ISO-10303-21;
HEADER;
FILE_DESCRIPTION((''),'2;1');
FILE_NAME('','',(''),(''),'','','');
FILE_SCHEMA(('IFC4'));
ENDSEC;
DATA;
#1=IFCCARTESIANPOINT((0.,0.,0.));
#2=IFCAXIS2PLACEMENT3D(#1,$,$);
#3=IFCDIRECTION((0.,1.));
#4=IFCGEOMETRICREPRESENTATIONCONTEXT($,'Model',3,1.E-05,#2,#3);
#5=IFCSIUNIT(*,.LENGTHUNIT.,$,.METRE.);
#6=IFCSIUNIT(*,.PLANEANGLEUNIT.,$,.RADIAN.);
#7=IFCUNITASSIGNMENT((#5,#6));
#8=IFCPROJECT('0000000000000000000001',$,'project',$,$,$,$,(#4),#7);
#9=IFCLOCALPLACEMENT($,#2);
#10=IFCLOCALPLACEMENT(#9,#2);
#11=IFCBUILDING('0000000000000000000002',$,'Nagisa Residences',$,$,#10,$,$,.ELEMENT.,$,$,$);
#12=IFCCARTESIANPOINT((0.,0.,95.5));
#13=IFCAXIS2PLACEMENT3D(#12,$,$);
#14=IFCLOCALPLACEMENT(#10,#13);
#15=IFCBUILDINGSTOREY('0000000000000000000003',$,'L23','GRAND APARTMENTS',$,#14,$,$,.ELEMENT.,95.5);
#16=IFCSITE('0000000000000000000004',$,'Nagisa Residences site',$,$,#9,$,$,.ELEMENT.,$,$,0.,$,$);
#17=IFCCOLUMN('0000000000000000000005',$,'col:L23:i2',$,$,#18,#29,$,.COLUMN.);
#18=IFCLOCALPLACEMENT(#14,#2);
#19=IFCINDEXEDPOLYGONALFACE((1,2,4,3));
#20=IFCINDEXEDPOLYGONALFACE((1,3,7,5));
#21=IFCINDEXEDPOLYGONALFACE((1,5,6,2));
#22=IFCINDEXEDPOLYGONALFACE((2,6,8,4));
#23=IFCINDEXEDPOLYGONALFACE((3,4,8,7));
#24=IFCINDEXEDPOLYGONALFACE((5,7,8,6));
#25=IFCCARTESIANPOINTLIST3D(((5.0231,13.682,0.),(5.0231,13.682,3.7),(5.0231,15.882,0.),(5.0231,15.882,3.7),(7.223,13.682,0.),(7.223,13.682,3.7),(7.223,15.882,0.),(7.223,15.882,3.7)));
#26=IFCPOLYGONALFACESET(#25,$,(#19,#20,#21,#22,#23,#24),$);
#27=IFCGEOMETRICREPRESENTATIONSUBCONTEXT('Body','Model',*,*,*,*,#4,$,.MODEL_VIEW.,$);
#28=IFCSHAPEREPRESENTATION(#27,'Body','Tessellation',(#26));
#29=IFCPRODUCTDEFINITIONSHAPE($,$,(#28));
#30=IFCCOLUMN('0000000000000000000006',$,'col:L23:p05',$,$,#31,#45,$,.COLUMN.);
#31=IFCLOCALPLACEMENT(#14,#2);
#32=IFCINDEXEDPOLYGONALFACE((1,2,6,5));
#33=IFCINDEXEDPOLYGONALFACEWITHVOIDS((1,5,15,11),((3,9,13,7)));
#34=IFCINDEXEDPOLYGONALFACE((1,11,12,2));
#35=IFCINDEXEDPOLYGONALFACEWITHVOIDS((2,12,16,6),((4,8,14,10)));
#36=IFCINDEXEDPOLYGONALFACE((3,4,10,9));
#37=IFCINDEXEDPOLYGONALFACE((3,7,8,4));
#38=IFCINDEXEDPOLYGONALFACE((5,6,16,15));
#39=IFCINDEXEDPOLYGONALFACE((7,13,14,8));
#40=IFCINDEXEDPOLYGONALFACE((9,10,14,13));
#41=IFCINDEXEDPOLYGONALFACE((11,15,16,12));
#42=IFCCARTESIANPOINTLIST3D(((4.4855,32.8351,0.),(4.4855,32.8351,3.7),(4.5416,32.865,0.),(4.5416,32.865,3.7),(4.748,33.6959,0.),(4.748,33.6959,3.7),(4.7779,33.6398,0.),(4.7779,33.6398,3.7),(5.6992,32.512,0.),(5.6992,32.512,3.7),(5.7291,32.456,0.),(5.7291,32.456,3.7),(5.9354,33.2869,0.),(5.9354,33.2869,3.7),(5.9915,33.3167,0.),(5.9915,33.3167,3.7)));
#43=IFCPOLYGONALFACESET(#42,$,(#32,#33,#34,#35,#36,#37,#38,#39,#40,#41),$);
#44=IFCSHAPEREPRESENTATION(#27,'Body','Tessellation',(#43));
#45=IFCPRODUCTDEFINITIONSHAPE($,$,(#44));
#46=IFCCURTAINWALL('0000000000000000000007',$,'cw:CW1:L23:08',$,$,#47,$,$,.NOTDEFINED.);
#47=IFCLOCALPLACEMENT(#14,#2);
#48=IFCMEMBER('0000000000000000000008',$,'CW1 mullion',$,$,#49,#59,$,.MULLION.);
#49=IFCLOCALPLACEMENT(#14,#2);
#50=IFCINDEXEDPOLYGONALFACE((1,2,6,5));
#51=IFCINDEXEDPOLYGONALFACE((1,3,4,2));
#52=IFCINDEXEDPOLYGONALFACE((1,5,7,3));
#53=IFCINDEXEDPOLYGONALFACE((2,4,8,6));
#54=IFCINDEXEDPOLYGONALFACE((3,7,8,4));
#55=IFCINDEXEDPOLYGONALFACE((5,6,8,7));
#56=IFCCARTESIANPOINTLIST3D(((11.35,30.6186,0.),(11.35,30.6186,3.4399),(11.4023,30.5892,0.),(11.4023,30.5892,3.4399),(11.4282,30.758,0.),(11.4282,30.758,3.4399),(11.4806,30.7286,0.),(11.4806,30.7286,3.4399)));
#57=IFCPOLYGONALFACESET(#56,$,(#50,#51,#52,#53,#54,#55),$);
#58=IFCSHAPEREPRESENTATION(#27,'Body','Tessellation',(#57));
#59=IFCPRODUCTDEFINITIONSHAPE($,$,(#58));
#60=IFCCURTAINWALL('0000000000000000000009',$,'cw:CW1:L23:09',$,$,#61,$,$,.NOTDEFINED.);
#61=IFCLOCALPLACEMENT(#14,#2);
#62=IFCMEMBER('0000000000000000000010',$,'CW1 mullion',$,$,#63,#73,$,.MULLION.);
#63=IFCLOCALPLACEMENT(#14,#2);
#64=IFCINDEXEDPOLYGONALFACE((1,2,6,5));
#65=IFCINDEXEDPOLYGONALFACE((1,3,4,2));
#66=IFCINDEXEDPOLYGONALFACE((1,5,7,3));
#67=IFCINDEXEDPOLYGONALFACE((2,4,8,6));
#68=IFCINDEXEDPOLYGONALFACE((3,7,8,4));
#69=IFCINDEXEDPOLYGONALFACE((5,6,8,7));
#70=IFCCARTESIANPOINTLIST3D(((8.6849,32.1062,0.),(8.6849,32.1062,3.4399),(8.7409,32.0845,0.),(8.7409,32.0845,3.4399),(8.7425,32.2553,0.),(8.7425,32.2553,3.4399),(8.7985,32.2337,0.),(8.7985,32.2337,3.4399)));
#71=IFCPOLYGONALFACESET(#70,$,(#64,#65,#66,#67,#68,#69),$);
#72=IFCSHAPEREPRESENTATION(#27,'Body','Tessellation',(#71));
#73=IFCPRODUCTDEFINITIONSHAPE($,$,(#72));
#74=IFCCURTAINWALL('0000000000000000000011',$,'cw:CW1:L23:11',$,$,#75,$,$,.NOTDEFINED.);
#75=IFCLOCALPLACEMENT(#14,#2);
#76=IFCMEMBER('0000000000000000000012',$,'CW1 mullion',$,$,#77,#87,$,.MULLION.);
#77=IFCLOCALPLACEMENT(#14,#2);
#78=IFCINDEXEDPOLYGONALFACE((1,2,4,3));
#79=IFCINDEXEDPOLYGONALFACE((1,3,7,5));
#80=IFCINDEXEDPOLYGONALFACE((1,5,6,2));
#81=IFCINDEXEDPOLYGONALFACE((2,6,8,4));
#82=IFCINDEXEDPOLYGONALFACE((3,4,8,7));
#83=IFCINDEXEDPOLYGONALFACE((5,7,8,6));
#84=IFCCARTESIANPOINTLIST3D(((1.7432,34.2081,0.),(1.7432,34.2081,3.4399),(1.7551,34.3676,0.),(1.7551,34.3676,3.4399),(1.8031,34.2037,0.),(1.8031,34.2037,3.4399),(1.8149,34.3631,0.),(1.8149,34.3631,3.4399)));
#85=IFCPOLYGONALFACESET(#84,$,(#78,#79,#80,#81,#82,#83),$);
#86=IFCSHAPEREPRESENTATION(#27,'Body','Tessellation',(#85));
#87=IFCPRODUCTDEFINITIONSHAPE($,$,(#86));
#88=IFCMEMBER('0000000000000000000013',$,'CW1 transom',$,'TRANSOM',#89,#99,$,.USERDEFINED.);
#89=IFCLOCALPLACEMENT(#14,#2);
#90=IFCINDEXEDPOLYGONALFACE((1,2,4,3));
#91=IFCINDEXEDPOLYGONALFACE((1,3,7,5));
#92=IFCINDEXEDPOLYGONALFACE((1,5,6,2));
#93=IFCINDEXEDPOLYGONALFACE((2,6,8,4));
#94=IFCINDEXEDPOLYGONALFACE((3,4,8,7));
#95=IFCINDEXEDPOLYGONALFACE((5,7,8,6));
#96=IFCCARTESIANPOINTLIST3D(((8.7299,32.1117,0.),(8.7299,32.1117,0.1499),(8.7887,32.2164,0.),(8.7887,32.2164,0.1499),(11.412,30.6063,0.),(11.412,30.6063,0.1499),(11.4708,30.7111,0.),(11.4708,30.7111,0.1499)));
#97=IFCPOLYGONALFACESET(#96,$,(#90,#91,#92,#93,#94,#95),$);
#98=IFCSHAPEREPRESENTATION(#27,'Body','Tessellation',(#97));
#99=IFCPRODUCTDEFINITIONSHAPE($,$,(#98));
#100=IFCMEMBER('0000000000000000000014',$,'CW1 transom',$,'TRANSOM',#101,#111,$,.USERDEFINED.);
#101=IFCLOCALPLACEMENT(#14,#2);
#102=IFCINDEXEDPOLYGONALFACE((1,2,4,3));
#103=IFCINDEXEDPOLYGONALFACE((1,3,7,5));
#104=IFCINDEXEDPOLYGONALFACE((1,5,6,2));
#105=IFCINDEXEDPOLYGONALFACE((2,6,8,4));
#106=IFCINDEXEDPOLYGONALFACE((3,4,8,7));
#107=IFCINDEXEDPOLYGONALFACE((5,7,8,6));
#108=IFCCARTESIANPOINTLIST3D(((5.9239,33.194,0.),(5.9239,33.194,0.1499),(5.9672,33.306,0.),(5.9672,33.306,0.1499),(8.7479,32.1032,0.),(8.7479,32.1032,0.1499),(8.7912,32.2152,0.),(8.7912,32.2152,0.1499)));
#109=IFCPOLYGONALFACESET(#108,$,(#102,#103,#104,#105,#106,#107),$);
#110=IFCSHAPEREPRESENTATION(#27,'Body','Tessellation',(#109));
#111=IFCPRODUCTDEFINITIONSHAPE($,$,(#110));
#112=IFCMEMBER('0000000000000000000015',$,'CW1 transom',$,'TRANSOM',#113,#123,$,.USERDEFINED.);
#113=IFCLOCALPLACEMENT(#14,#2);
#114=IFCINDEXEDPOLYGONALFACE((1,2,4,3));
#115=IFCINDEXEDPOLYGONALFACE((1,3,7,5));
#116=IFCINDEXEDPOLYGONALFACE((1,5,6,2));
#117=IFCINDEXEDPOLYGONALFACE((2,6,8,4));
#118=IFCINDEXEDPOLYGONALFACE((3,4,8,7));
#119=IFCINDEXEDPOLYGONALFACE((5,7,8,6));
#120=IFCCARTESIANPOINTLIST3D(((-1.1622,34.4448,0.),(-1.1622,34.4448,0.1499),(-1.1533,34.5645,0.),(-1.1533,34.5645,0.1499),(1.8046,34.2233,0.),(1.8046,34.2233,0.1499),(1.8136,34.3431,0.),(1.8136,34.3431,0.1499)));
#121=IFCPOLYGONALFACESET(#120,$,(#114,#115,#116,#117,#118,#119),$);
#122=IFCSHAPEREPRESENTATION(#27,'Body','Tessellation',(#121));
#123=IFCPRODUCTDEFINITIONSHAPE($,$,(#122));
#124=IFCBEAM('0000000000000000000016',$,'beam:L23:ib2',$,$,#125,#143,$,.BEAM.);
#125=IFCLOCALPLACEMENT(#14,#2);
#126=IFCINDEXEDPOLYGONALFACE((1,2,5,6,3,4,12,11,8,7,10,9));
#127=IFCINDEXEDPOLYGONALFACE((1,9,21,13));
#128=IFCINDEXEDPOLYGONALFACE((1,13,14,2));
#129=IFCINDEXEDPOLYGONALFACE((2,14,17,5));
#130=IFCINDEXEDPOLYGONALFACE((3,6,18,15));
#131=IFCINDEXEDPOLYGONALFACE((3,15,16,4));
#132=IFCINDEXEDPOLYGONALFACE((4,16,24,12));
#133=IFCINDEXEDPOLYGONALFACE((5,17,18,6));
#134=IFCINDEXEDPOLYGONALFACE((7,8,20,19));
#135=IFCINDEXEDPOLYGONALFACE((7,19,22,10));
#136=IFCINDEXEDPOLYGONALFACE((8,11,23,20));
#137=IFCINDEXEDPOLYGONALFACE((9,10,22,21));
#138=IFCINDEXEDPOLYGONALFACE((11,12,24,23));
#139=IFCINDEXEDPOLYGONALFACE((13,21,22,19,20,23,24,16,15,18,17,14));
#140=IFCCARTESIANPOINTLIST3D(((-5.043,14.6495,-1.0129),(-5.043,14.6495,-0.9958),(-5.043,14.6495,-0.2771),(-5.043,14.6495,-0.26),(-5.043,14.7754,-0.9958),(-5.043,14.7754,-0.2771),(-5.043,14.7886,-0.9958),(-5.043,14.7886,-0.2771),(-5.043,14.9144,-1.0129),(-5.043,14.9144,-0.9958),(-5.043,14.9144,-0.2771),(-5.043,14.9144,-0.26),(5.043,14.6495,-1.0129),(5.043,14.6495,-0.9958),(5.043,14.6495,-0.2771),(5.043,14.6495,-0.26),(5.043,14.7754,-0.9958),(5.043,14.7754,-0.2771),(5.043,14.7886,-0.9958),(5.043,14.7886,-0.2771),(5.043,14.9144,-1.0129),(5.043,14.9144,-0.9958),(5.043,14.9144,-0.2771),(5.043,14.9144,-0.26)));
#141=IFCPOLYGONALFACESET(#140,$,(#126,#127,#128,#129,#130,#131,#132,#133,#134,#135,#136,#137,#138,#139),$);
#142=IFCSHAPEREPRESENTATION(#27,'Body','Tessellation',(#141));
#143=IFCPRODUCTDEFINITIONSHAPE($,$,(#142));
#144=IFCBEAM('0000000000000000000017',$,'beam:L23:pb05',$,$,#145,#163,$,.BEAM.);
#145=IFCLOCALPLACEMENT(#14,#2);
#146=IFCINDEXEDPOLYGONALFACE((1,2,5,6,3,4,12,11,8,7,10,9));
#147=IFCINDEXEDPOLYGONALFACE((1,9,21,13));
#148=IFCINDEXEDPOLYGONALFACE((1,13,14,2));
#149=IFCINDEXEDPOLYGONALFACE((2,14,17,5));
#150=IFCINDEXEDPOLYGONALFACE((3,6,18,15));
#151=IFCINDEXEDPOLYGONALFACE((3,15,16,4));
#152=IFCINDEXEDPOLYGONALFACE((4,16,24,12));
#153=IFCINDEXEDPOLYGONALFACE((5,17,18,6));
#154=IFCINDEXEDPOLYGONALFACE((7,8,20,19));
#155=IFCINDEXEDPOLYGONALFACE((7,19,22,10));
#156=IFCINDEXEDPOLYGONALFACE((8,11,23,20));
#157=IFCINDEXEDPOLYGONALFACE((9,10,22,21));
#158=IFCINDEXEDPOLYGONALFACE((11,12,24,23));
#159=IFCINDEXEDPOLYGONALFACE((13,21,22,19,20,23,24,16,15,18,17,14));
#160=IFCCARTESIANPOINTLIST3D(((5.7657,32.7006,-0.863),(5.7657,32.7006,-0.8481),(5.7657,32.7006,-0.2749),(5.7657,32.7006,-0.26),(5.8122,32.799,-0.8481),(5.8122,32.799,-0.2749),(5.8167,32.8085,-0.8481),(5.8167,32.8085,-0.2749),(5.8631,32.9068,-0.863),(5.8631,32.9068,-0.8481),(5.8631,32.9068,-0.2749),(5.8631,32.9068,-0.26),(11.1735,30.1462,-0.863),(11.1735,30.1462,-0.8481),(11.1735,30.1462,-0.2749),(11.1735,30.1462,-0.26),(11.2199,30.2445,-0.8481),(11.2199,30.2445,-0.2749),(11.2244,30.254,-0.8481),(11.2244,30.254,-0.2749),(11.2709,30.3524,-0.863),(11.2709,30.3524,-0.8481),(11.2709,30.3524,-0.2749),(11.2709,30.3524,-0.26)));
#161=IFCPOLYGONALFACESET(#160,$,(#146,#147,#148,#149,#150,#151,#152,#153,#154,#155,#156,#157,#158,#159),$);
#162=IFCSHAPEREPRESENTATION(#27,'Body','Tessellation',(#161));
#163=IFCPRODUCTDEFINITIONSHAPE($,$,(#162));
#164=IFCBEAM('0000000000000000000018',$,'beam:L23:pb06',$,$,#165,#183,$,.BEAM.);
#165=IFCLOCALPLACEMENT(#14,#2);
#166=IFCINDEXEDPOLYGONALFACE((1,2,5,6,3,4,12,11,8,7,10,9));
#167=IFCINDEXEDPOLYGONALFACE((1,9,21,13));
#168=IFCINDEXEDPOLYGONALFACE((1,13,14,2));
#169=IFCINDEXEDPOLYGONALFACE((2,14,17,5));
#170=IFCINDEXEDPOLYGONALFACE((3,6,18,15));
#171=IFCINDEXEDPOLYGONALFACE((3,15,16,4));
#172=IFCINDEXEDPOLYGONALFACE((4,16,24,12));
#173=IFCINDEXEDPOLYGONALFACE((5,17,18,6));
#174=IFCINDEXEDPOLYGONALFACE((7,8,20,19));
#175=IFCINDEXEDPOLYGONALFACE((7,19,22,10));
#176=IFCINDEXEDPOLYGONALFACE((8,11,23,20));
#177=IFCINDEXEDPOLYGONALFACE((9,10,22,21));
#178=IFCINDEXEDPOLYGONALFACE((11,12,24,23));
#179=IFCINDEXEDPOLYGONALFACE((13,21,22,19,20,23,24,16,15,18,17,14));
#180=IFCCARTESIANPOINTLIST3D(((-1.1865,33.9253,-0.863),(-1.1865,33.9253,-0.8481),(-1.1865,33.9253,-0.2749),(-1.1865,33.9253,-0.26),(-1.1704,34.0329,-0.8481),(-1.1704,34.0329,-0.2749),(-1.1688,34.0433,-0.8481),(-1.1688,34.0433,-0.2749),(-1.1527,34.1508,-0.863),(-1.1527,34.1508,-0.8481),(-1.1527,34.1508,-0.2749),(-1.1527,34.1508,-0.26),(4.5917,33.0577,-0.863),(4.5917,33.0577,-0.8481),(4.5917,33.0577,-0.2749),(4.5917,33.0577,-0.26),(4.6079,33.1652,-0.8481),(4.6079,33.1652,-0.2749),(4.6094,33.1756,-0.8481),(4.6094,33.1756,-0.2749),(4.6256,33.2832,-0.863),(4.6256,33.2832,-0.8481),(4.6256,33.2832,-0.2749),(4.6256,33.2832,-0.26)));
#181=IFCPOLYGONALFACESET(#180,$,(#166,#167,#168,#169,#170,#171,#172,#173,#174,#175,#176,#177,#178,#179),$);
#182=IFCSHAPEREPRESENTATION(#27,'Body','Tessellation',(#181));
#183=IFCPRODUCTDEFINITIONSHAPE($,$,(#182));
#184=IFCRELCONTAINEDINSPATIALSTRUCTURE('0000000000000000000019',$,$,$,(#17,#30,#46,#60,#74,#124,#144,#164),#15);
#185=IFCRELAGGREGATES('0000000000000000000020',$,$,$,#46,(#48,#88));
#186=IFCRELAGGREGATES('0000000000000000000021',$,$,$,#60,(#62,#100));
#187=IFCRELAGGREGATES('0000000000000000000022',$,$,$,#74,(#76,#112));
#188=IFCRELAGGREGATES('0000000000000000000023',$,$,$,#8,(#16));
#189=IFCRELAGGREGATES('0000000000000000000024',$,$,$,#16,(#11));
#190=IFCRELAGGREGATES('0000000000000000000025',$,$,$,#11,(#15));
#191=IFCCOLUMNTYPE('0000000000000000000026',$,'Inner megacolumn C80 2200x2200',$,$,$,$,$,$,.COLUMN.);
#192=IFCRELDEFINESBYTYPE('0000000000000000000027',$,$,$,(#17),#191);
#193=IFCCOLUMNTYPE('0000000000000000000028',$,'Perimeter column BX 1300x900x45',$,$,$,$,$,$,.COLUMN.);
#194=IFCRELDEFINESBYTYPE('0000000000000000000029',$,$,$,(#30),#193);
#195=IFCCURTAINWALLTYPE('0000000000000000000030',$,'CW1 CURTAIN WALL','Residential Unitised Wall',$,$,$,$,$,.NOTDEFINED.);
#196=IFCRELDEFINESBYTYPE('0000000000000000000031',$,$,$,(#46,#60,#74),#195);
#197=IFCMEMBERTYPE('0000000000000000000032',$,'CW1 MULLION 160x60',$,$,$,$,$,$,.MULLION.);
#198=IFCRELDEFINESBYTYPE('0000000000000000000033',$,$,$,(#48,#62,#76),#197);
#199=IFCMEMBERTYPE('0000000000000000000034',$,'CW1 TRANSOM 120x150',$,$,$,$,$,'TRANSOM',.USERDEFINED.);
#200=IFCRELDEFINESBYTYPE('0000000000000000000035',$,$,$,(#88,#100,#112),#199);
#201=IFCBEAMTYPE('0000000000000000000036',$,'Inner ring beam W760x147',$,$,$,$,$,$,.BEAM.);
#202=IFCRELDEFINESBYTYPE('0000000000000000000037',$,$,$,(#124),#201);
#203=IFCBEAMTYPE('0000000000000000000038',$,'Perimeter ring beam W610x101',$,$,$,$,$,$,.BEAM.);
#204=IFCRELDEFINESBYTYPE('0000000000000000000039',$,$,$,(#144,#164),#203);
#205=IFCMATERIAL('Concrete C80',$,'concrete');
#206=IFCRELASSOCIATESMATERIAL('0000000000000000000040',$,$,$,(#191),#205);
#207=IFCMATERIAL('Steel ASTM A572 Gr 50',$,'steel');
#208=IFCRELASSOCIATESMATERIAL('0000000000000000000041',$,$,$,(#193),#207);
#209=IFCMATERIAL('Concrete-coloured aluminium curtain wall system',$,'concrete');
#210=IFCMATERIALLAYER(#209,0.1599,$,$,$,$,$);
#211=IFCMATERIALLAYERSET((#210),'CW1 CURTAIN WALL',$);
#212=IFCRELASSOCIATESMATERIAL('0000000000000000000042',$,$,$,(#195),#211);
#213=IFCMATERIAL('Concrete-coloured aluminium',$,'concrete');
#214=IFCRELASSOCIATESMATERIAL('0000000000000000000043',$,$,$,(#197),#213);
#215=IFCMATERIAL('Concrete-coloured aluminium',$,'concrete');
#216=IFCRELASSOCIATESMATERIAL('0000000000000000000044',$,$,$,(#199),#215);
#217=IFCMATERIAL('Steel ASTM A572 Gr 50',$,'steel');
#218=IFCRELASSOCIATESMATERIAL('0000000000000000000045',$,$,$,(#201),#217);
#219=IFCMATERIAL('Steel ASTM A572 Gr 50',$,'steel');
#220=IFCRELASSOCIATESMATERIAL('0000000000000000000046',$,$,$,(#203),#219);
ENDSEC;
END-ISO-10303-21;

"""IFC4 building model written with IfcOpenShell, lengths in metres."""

from ifc_helpers import new_model, si_unit, direction, frame, origin, origin_2d, place, context, subcontext, project, spatial, rectangle, hollow_rectangle, i_section, extrude, material, layer, layer_set, material_profile, profile_set, type_object, element, aggregate, save


model = new_model("IFC4")

# Units and contexts
model_context = context("Model", 3, precision=1e-05, world=origin(), true_north=direction((0.0, 1.0)))
body_context = subcontext(model_context, "Body", "Model", "MODEL_VIEW")
ifc_project = project(units=[si_unit("LENGTHUNIT", "METRE"), si_unit("PLANEANGLEUNIT", "RADIAN")], contexts=[model_context])

# Site, building, storey
site_placement = place(None, origin())
site = spatial("IfcSite", under=ifc_project, at=site_placement, Name="Nagisa Residences site", CompositionType="ELEMENT", RefElevation=0.0)
building_placement = place(site_placement, origin())
building = spatial("IfcBuilding", under=site, at=building_placement, Name="Nagisa Residences", CompositionType="ELEMENT")
storey_placement = place(building_placement, frame((0.0, 0.0, 95.5)))
storey = spatial("IfcBuildingStorey", under=building, at=storey_placement, Name="L23", Description="GRAND APARTMENTS", CompositionType="ELEMENT", Elevation=95.5)

# Columns
ifc_material_1 = material(Name="Concrete C80", Category="concrete")
ifc_material_profile_1 = material_profile(ifc_material_1, rectangle(XDim=2.2, YDim=2.2, at=origin_2d()), Name="C80 2200x2200")
ifc_profile_set_1 = profile_set([ifc_material_profile_1], Name="Concrete C80")
column_type_1 = type_object("IfcColumnType", Name="Inner megacolumn C80 2200x2200", PredefinedType="COLUMN", material=ifc_profile_set_1)
column_1_placement = place(storey_placement, frame((6.123, 14.782, 0.0), z_axis=(0.0, 0.0, 1.0), x_axis=(1.0, 0.0, 0.0)))
element("IfcColumn", 1, at=column_1_placement, inside=storey, type_object=column_type_1, Name="col:L23:i2", PredefinedType="COLUMN", context=body_context, shape_type="SweptSolid", body=[
    extrude(rectangle(XDim=2.2, YDim=2.2, at=origin_2d()), origin(), (0.0, 0.0, 1.0), 3.7),
])
ifc_material_2 = material(Name="Steel ASTM A572 Gr 50", Category="steel")
ifc_material_profile_2 = material_profile(ifc_material_2, hollow_rectangle(XDim=1.3, YDim=0.8999, WallThickness=0.0449, at=origin_2d()), Name="BX 1300x900x45")
ifc_profile_set_2 = profile_set([ifc_material_profile_2], Name="Steel ASTM A572 Gr 50")
column_type_2 = type_object("IfcColumnType", Name="Perimeter column BX 1300x900x45", PredefinedType="COLUMN", material=ifc_profile_set_2)
column_2_placement = place(storey_placement, frame((5.2385, 33.0759, 0.0), z_axis=(0.0, 0.0, 1.0), x_axis=(-0.956525, 0.291652, 0.0)))
element("IfcColumn", 2, at=column_2_placement, inside=storey, type_object=column_type_2, Name="col:L23:p05", PredefinedType="COLUMN", context=body_context, shape_type="SweptSolid", body=[
    extrude(hollow_rectangle(XDim=1.3, YDim=0.8999, WallThickness=0.0449, at=origin_2d()), origin(), (0.0, 0.0, 1.0), 3.7),
])

# Curtain walls, members
ifc_material_3 = material(Name="Concrete-coloured aluminium curtain wall system", Category="concrete")
ifc_layer_1 = layer(ifc_material_3, 0.1599)
ifc_layer_set_1 = layer_set([ifc_layer_1], Name="CW1 CURTAIN WALL")
curtain_wall_type = type_object("IfcCurtainWallType", Name="CW1 CURTAIN WALL", Description="Residential Unitised Wall", PredefinedType="NOTDEFINED", material=ifc_layer_set_1)
curtain_wall_1_placement = place(storey_placement, origin())
curtain_wall_1 = element("IfcCurtainWall", 3, at=curtain_wall_1_placement, inside=storey, type_object=curtain_wall_type, Name="cw:CW1:L23:08", PredefinedType="NOTDEFINED")
ifc_material_4 = material(Name="Concrete-coloured aluminium", Category="concrete")
ifc_material_profile_3 = material_profile(ifc_material_4, rectangle(XDim=0.1599, YDim=0.0601, at=origin_2d()), Name="CW1 MULLION 160x60")
ifc_profile_set_3 = profile_set([ifc_material_profile_3], Name="Concrete-coloured aluminium")
member_type_1 = type_object("IfcMemberType", Name="CW1 MULLION 160x60", PredefinedType="MULLION", material=ifc_profile_set_3)
member_1_placement = place(storey_placement, frame((11.4153, 30.6736, 0.0), z_axis=(0.0, 0.0, 1.0), x_axis=(-0.489377, -0.872072, 0.0)))
member_1 = element("IfcMember", 4, at=member_1_placement, type_object=member_type_1, Name="CW1 mullion", PredefinedType="MULLION", context=body_context, shape_type="SweptSolid", body=[
    extrude(rectangle(XDim=0.1599, YDim=0.0601, at=origin_2d()), origin(), (0.0, 0.0, 1.0), 3.4399),
])
curtain_wall_2_placement = place(storey_placement, origin())
curtain_wall_2 = element("IfcCurtainWall", 5, at=curtain_wall_2_placement, inside=storey, type_object=curtain_wall_type, Name="cw:CW1:L23:09", PredefinedType="NOTDEFINED")
member_2_placement = place(storey_placement, frame((8.7417, 32.1699, 0.0), z_axis=(0.0, 0.0, 1.0), x_axis=(-0.360328, -0.932826, 0.0)))
member_2 = element("IfcMember", 6, at=member_2_placement, type_object=member_type_1, Name="CW1 mullion", PredefinedType="MULLION", context=body_context, shape_type="SweptSolid", body=[
    extrude(rectangle(XDim=0.1599, YDim=0.0601, at=origin_2d()), origin(), (0.0, 0.0, 1.0), 3.4399),
])
curtain_wall_3_placement = place(storey_placement, origin())
curtain_wall_3 = element("IfcCurtainWall", 7, at=curtain_wall_3_placement, inside=storey, type_object=curtain_wall_type, Name="cw:CW1:L23:11", PredefinedType="NOTDEFINED")
member_3_placement = place(storey_placement, frame((1.7791, 34.2856, 0.0), z_axis=(0.0, 0.0, 1.0), x_axis=(-0.074377, -0.99723, 0.0)))
member_3 = element("IfcMember", 8, at=member_3_placement, type_object=member_type_1, Name="CW1 mullion", PredefinedType="MULLION", context=body_context, shape_type="SweptSolid", body=[
    extrude(rectangle(XDim=0.1599, YDim=0.0601, at=origin_2d()), origin(), (0.0, 0.0, 1.0), 3.4399),
])

# Members
ifc_material_5 = material(Name="Concrete-coloured aluminium", Category="concrete")
ifc_material_profile_4 = material_profile(ifc_material_5, rectangle(XDim=0.1201, YDim=0.1499, at=origin_2d()), Name="CW1 TRANSOM 120x150")
ifc_profile_set_4 = profile_set([ifc_material_profile_4], Name="Concrete-coloured aluminium")
member_type_2 = type_object("IfcMemberType", Name="CW1 TRANSOM 120x150", ElementType="TRANSOM", PredefinedType="USERDEFINED", material=ifc_profile_set_4)
member_4_placement = place(storey_placement, frame((11.4414, 30.6587, 0.075), z_axis=(-0.872037, 0.489439, 0.0), x_axis=(-0.489439, -0.872037, 0.0)))
member_4 = element("IfcMember", 9, at=member_4_placement, type_object=member_type_2, Name="CW1 transom", ObjectType="TRANSOM", PredefinedType="USERDEFINED", context=body_context, shape_type="SweptSolid", body=[
    extrude(rectangle(XDim=0.1201, YDim=0.1499, at=origin_2d()), origin(), (0.0, 0.0, 1.0), 3.0757),
])
member_5_placement = place(storey_placement, frame((8.7695, 32.1592, 0.075), z_axis=(-0.932827, 0.360324, 0.0), x_axis=(-0.360324, -0.932827, 0.0)))
member_5 = element("IfcMember", 10, at=member_5_placement, type_object=member_type_2, Name="CW1 transom", ObjectType="TRANSOM", PredefinedType="USERDEFINED", context=body_context, shape_type="SweptSolid", body=[
    extrude(rectangle(XDim=0.1201, YDim=0.1499, at=origin_2d()), origin(), (0.0, 0.0, 1.0), 3.0273),
])
member_6_placement = place(storey_placement, frame((1.8091, 34.2832, 0.075), z_axis=(-0.997226, 0.074431, 0.0), x_axis=(-0.074431, -0.997226, 0.0)))
member_6 = element("IfcMember", 11, at=member_6_placement, type_object=member_type_2, Name="CW1 transom", ObjectType="TRANSOM", PredefinedType="USERDEFINED", context=body_context, shape_type="SweptSolid", body=[
    extrude(rectangle(XDim=0.1201, YDim=0.1499, at=origin_2d()), origin(), (0.0, 0.0, 1.0), 2.9751),
])

# Beams
ifc_material_6 = material(Name="Steel ASTM A572 Gr 50", Category="steel")
ifc_material_profile_5 = material_profile(ifc_material_6, i_section(OverallWidth=0.2649, OverallDepth=0.7529, WebThickness=0.0132, FlangeThickness=0.0171, at=origin_2d()), Name="W760x147")
ifc_profile_set_5 = profile_set([ifc_material_profile_5], Name="Steel ASTM A572 Gr 50")
beam_type_1 = type_object("IfcBeamType", Name="Inner ring beam W760x147", PredefinedType="BEAM", material=ifc_profile_set_5)
beam_1_placement = place(storey_placement, frame((5.043, 14.782, -0.6365), z_axis=(-1.0, 0.0, 0.0), x_axis=(0.0, -1.0, 0.0)))
element("IfcBeam", 12, at=beam_1_placement, inside=storey, type_object=beam_type_1, Name="beam:L23:ib2", PredefinedType="BEAM", context=body_context, shape_type="SweptSolid", body=[
    extrude(i_section(OverallWidth=0.2649, OverallDepth=0.7529, WebThickness=0.0132, FlangeThickness=0.0171, at=origin_2d()), origin(), (0.0, 0.0, 1.0), 10.0859),
])
ifc_material_7 = material(Name="Steel ASTM A572 Gr 50", Category="steel")
ifc_material_profile_6 = material_profile(ifc_material_7, i_section(OverallWidth=0.228, OverallDepth=0.603, WebThickness=0.0105, FlangeThickness=0.0149, at=origin_2d()), Name="W610x101")
ifc_profile_set_6 = profile_set([ifc_material_profile_6], Name="Steel ASTM A572 Gr 50")
beam_type_2 = type_object("IfcBeamType", Name="Perimeter ring beam W610x101", PredefinedType="BEAM", material=ifc_profile_set_6)
beam_2_placement = place(storey_placement, frame((11.2222, 30.2493, -0.5615), z_axis=(-0.904197, 0.427116, 0.0), x_axis=(-0.427116, -0.904197, 0.0)))
element("IfcBeam", 13, at=beam_2_placement, inside=storey, type_object=beam_type_2, Name="beam:L23:pb05", PredefinedType="BEAM", context=body_context, shape_type="SweptSolid", body=[
    extrude(i_section(OverallWidth=0.228, OverallDepth=0.603, WebThickness=0.0105, FlangeThickness=0.0149, at=origin_2d()), origin(), (0.0, 0.0, 1.0), 5.9807),
])
beam_3_placement = place(storey_placement, frame((4.6086, 33.1704, -0.5615), z_axis=(-0.988913, 0.148496, 0.0), x_axis=(-0.148496, -0.988913, 0.0)))
element("IfcBeam", 14, at=beam_3_placement, inside=storey, type_object=beam_type_2, Name="beam:L23:pb06", PredefinedType="BEAM", context=body_context, shape_type="SweptSolid", body=[
    extrude(i_section(OverallWidth=0.228, OverallDepth=0.603, WebThickness=0.0105, FlangeThickness=0.0149, at=origin_2d()), origin(), (0.0, 0.0, 1.0), 5.843),
])

aggregate(curtain_wall_1, [member_1, member_4])
aggregate(curtain_wall_2, [member_2, member_5])
aggregate(curtain_wall_3, [member_3, member_6])

save(model, "model.ifc")
